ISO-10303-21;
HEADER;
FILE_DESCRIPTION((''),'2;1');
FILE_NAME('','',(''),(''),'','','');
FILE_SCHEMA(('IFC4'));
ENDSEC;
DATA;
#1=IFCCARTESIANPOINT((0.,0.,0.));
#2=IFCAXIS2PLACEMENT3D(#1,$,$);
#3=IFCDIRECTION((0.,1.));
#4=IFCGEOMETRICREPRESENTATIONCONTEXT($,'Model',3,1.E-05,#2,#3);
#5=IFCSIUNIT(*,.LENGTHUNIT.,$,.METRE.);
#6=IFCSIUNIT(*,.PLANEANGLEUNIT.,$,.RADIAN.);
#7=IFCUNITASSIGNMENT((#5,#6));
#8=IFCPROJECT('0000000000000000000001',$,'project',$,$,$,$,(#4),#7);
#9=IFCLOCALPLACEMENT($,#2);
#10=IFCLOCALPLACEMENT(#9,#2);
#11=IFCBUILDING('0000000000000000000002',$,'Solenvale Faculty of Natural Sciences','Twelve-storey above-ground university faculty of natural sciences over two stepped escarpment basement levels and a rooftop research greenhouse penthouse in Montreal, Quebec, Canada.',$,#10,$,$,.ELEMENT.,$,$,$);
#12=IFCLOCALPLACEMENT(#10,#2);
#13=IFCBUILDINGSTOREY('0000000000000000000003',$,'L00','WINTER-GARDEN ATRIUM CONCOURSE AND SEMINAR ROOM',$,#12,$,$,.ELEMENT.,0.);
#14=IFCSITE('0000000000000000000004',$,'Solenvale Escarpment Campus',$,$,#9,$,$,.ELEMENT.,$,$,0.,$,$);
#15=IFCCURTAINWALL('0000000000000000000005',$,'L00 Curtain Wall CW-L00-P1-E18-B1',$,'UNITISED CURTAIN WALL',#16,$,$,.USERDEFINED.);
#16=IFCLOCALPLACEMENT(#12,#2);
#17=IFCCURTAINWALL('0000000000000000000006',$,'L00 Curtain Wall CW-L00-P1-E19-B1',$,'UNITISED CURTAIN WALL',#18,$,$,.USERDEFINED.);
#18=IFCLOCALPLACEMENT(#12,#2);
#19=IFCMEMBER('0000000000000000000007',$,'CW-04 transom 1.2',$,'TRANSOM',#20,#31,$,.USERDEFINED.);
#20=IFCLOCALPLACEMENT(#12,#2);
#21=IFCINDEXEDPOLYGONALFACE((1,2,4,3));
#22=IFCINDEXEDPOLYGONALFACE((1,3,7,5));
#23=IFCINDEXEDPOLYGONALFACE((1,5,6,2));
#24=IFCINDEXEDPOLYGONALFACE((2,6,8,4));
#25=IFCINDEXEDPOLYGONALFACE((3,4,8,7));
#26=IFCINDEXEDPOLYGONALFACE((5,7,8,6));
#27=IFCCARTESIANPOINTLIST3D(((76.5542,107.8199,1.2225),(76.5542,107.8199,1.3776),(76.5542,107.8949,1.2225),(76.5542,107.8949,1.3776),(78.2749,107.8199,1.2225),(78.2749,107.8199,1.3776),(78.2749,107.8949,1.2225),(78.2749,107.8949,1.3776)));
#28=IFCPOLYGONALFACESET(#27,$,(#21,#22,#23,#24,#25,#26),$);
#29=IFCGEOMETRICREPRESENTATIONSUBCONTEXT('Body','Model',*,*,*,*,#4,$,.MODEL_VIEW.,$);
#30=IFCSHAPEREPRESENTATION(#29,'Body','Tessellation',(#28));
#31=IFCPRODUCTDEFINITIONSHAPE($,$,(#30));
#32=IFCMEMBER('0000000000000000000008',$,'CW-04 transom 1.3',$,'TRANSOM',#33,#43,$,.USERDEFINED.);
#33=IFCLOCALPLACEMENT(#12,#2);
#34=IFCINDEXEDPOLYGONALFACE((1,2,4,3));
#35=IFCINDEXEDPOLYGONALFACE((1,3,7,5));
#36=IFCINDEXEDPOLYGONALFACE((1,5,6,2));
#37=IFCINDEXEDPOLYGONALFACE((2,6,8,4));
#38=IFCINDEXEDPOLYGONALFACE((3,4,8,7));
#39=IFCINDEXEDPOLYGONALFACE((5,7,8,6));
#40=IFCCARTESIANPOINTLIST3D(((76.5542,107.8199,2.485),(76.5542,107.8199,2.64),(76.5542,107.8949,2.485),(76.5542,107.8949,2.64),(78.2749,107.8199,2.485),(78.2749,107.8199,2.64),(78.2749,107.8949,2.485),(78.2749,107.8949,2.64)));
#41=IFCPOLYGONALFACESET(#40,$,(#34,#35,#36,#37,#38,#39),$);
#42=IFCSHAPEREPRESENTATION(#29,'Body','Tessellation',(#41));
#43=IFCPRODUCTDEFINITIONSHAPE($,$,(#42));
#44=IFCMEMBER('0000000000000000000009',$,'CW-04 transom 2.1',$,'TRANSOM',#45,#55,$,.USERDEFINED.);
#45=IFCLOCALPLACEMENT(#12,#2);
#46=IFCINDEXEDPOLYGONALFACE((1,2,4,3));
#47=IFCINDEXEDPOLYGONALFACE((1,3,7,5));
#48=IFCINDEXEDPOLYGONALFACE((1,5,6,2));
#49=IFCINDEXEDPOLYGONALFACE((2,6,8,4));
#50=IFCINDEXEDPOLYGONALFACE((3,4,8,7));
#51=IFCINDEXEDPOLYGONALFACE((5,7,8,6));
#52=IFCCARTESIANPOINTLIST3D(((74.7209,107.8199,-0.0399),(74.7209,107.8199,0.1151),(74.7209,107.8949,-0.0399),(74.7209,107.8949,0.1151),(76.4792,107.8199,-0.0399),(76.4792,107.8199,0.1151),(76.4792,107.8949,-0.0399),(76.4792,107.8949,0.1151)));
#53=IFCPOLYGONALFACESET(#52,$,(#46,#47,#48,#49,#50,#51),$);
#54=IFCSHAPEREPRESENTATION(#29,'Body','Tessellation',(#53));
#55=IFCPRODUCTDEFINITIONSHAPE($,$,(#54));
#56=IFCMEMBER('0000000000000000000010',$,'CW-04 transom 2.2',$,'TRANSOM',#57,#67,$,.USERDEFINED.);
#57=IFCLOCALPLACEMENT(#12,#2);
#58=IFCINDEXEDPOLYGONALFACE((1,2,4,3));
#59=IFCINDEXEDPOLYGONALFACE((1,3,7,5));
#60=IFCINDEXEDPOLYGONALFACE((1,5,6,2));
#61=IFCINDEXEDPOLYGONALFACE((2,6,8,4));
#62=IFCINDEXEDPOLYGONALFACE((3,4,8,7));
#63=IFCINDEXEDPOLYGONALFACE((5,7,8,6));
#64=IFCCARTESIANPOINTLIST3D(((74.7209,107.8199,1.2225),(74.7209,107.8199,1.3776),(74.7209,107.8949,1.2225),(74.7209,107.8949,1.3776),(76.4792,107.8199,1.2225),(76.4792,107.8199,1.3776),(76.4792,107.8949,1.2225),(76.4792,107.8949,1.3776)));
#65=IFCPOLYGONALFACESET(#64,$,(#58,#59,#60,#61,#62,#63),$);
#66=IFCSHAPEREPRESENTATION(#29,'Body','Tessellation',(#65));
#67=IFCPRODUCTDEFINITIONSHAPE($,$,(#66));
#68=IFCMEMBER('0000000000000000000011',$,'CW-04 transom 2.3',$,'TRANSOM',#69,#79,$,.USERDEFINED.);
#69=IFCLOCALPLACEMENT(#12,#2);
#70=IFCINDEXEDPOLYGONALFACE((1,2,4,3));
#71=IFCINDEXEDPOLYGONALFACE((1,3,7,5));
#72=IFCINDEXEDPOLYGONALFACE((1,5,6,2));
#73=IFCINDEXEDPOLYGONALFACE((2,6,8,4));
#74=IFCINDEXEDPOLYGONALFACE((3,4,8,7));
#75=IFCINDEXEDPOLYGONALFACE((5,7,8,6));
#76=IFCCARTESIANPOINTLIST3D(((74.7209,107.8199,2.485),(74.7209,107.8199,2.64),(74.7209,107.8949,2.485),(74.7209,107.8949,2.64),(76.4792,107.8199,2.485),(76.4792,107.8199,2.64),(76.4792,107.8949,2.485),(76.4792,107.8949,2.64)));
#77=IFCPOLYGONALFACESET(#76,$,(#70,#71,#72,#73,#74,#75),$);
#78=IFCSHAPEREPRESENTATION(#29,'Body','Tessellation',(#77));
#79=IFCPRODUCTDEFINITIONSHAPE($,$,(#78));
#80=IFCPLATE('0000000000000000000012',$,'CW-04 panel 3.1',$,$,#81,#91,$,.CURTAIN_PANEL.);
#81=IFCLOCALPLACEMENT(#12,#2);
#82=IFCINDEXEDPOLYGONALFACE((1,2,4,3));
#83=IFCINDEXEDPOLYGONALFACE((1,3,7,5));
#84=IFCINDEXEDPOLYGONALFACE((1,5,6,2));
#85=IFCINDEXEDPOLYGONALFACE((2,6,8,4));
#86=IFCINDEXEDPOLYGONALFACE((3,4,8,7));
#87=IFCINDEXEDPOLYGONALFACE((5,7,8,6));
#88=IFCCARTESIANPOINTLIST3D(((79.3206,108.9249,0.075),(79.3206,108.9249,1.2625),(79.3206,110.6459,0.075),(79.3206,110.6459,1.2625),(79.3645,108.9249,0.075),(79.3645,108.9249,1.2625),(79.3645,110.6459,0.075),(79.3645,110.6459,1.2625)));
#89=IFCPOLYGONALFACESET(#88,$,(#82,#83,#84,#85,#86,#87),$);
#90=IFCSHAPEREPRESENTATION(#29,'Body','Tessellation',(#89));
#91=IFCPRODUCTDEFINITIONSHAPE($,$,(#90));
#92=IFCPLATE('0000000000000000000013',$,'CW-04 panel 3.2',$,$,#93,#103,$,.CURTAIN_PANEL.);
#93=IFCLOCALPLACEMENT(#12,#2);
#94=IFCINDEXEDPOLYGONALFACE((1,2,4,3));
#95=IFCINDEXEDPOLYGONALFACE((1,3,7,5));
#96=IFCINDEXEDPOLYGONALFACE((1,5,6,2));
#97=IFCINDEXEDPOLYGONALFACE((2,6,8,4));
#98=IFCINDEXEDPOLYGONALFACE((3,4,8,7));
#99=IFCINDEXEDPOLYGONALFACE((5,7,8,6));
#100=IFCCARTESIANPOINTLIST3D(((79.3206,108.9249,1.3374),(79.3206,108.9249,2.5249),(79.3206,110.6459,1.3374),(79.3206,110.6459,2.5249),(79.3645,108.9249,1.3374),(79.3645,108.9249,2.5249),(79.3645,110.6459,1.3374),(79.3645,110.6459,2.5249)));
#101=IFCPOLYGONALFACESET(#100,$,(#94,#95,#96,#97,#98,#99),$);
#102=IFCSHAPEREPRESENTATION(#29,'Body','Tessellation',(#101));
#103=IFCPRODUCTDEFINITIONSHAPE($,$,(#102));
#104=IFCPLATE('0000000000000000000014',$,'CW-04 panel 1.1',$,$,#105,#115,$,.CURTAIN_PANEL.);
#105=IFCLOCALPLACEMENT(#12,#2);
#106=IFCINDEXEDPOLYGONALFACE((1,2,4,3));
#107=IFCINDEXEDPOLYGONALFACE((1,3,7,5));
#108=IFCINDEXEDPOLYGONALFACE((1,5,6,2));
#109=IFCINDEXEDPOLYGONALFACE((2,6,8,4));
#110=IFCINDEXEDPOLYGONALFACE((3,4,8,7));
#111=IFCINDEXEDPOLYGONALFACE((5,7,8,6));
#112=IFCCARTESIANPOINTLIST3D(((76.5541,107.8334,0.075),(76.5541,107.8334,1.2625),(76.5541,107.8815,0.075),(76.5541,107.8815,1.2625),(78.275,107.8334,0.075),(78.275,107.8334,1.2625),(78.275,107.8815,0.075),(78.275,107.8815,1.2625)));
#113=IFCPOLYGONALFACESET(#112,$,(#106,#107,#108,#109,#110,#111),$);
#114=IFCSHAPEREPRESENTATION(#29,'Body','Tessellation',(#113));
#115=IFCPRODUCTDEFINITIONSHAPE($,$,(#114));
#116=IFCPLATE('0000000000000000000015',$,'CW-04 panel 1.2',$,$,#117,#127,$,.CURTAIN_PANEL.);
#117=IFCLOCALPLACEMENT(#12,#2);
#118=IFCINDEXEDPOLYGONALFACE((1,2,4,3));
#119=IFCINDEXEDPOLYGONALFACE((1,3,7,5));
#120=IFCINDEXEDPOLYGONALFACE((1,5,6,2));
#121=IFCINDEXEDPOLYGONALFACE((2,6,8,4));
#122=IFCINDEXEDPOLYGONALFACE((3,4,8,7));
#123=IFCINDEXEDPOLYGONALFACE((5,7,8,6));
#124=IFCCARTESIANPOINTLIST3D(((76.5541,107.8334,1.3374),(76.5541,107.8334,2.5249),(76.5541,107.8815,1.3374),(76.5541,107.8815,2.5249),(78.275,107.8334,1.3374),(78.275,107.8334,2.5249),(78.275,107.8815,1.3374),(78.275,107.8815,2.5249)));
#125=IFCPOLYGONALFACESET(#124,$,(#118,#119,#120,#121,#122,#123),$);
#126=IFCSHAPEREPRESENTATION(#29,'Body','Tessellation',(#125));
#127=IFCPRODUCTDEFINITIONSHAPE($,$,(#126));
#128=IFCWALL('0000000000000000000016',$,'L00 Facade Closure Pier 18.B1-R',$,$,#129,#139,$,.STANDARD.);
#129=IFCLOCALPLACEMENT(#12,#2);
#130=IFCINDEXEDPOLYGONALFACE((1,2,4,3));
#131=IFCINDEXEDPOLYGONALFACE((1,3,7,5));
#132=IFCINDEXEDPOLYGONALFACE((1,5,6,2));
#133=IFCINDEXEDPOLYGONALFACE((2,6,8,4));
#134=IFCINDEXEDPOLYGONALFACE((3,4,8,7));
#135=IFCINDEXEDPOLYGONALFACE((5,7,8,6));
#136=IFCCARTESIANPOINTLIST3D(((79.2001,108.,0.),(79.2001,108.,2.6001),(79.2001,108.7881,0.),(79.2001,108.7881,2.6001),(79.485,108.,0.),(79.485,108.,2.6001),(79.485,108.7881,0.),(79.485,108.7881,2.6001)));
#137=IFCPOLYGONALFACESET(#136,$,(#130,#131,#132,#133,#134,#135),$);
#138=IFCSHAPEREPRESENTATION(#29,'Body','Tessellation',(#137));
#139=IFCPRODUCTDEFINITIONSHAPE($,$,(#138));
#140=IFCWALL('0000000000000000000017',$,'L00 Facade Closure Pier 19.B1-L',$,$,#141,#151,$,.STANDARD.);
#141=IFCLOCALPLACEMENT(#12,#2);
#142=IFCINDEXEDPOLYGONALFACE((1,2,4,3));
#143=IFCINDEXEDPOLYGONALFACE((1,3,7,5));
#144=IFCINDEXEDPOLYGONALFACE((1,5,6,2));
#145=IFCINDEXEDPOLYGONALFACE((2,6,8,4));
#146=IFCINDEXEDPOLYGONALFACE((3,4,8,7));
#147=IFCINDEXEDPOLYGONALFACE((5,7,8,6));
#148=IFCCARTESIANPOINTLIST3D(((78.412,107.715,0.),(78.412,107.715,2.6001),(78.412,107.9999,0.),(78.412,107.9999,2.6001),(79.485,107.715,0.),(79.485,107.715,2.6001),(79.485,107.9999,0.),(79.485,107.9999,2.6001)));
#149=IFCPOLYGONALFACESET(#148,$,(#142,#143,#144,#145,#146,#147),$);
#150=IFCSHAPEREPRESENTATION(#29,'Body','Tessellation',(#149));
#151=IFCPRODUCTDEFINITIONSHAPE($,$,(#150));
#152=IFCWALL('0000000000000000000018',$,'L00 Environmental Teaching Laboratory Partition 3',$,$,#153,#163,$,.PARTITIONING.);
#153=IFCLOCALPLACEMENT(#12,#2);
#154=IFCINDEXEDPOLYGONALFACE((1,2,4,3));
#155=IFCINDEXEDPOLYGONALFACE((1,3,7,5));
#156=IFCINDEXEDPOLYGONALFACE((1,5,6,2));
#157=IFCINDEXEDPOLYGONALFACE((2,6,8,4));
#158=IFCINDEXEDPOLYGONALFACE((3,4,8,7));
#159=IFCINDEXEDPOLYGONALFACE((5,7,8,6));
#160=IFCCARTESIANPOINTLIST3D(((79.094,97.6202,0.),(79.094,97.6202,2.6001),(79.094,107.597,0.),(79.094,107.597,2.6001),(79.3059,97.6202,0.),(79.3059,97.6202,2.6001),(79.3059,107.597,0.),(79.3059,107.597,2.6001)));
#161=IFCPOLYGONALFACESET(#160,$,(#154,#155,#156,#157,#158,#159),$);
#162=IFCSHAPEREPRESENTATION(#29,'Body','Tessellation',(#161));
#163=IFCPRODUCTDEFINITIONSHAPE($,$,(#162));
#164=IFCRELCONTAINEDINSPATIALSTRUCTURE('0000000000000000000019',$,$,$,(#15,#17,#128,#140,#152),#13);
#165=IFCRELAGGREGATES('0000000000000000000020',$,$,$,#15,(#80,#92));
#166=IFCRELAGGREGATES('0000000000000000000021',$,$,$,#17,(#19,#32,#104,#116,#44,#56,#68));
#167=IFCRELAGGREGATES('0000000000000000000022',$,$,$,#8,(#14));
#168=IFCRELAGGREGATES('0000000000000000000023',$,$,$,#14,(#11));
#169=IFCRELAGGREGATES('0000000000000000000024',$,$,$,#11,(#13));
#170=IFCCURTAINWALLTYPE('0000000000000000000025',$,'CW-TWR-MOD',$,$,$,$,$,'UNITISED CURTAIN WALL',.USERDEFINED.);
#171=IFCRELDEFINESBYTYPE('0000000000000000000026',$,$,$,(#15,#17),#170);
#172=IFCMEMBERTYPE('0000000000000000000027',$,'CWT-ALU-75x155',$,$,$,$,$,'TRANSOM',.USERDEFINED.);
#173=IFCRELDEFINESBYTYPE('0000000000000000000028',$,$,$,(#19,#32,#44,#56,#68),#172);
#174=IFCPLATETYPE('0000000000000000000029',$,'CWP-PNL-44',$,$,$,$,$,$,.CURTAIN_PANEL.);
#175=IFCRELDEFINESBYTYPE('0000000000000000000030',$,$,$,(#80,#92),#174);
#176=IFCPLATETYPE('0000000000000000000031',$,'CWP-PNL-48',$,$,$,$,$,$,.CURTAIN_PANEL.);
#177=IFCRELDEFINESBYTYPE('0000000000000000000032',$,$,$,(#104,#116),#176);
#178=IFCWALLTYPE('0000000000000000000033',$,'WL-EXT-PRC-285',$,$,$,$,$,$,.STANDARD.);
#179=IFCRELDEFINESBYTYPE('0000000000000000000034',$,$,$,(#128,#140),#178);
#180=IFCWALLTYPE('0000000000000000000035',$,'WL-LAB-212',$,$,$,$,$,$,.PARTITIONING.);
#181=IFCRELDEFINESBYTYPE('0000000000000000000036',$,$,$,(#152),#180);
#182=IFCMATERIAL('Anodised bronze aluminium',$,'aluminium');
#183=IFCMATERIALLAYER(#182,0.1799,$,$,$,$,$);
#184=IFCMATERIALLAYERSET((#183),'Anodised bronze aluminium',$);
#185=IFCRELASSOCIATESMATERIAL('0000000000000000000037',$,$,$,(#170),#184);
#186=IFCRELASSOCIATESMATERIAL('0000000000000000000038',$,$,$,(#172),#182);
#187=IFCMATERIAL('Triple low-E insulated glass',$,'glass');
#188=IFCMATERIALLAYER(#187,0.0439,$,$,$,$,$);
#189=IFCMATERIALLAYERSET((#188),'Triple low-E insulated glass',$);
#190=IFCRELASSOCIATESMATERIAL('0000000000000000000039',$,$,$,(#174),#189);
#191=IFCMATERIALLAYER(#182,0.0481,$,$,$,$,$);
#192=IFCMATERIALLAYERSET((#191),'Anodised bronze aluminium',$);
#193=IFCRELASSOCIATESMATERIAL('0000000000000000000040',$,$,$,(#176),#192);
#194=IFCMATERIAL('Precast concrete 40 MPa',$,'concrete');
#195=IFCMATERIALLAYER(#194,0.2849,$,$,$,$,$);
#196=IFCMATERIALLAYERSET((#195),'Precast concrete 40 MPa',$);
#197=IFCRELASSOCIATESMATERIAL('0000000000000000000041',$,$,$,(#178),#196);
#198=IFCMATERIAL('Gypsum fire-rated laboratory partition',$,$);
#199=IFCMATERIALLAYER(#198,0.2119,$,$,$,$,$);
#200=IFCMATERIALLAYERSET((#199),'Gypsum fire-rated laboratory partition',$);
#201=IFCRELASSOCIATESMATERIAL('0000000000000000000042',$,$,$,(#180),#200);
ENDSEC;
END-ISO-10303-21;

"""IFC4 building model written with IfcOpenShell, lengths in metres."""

from ifc_helpers import new_model, si_unit, direction, frame, frame_2d, origin, origin_2d, place, context, subcontext, project, spatial, rectangle, extrude, material, layer, layer_set, material_profile, profile_set, type_object, element, aggregate, save


model = new_model("IFC4")

# Units and contexts
model_context = context("Model", 3, precision=1e-05, world=origin(), true_north=direction((0.0, 1.0)))
body_context = subcontext(model_context, "Body", "Model", "MODEL_VIEW")
ifc_project = project(units=[si_unit("LENGTHUNIT", "METRE"), si_unit("PLANEANGLEUNIT", "RADIAN")], contexts=[model_context])

# Site, building, storey
site_placement = place(None, origin())
site = spatial("IfcSite", under=ifc_project, at=site_placement, Name="Solenvale Escarpment Campus", CompositionType="ELEMENT", RefElevation=0.0)
building_placement = place(site_placement, origin())
building = spatial("IfcBuilding", under=site, at=building_placement, Name="Solenvale Faculty of Natural Sciences", Description="Twelve-storey above-ground university faculty of natural sciences over two stepped escarpment basement levels and a rooftop research greenhouse penthouse in Montreal, Quebec, Canada.", CompositionType="ELEMENT")
storey_placement = place(building_placement, origin())
storey = spatial("IfcBuildingStorey", under=building, at=storey_placement, Name="L00", Description="WINTER-GARDEN ATRIUM CONCOURSE AND SEMINAR ROOM", CompositionType="ELEMENT", Elevation=0.0)

# Curtain wall
ifc_material_1 = material(Name="Anodised bronze aluminium", Category="aluminium")
ifc_layer_1 = layer(ifc_material_1, 0.1799)
ifc_layer_set_1 = layer_set([ifc_layer_1], Name="Anodised bronze aluminium")
curtain_wall_type = type_object("IfcCurtainWallType", Name="CW-TWR-MOD", ElementType="UNITISED CURTAIN WALL", PredefinedType="USERDEFINED", material=ifc_layer_set_1)
curtain_wall_1_placement = place(storey_placement, origin())
curtain_wall_1 = element("IfcCurtainWall", 1, at=curtain_wall_1_placement, inside=storey, type_object=curtain_wall_type, Name="L00 Curtain Wall CW-L00-P1-E18-B1", ObjectType="UNITISED CURTAIN WALL", PredefinedType="USERDEFINED")

# Curtain wall, members
curtain_wall_2_placement = place(storey_placement, origin())
curtain_wall_2 = element("IfcCurtainWall", 2, at=curtain_wall_2_placement, inside=storey, type_object=curtain_wall_type, Name="L00 Curtain Wall CW-L00-P1-E19-B1", ObjectType="UNITISED CURTAIN WALL", PredefinedType="USERDEFINED")
ifc_material_profile_1 = material_profile(ifc_material_1, rectangle(XDim=0.075, YDim=0.155, at=origin_2d()), Name="ALU-TRN-75x155")
ifc_profile_set_1 = profile_set([ifc_material_profile_1], Name="Anodised bronze aluminium")
member_type_1 = type_object("IfcMemberType", Name="CWT-ALU-75x155", ElementType="TRANSOM", PredefinedType="USERDEFINED", material=ifc_profile_set_1)
member_1_placement = place(storey_placement, frame((78.2749, 107.8574, 1.3), z_axis=(-1.0, 0.0, 0.0), x_axis=(0.0, -1.0, 0.0)))
member_1 = element("IfcMember", 3, at=member_1_placement, type_object=member_type_1, Name="CW-04 transom 1.2", ObjectType="TRANSOM", PredefinedType="USERDEFINED", context=body_context, shape_type="SweptSolid", body=[
    extrude(rectangle(XDim=0.075, YDim=0.155, at=origin_2d()), origin(), (0.0, 0.0, 1.0), 1.7207),
])
member_2_placement = place(storey_placement, frame((78.2749, 107.8574, 2.5625), z_axis=(-1.0, 0.0, 0.0), x_axis=(0.0, -1.0, 0.0)))
member_2 = element("IfcMember", 4, at=member_2_placement, type_object=member_type_1, Name="CW-04 transom 1.3", ObjectType="TRANSOM", PredefinedType="USERDEFINED", context=body_context, shape_type="SweptSolid", body=[
    extrude(rectangle(XDim=0.075, YDim=0.155, at=origin_2d()), origin(), (0.0, 0.0, 1.0), 1.7207),
])
member_3_placement = place(storey_placement, frame((76.4792, 107.8574, 0.0376), z_axis=(-1.0, 0.0, 0.0), x_axis=(0.0, -1.0, 0.0)))
member_3 = element("IfcMember", 5, at=member_3_placement, type_object=member_type_1, Name="CW-04 transom 2.1", ObjectType="TRANSOM", PredefinedType="USERDEFINED", context=body_context, shape_type="SweptSolid", body=[
    extrude(rectangle(XDim=0.075, YDim=0.155, at=origin_2d()), origin(), (0.0, 0.0, 1.0), 1.7583),
])
member_4_placement = place(storey_placement, frame((76.4792, 107.8574, 1.3), z_axis=(-1.0, 0.0, 0.0), x_axis=(0.0, -1.0, 0.0)))
member_4 = element("IfcMember", 6, at=member_4_placement, type_object=member_type_1, Name="CW-04 transom 2.2", ObjectType="TRANSOM", PredefinedType="USERDEFINED", context=body_context, shape_type="SweptSolid", body=[
    extrude(rectangle(XDim=0.075, YDim=0.155, at=origin_2d()), origin(), (0.0, 0.0, 1.0), 1.7583),
])
member_5_placement = place(storey_placement, frame((76.4792, 107.8574, 2.5625), z_axis=(-1.0, 0.0, 0.0), x_axis=(0.0, -1.0, 0.0)))
member_5 = element("IfcMember", 7, at=member_5_placement, type_object=member_type_1, Name="CW-04 transom 2.3", ObjectType="TRANSOM", PredefinedType="USERDEFINED", context=body_context, shape_type="SweptSolid", body=[
    extrude(rectangle(XDim=0.075, YDim=0.155, at=origin_2d()), origin(), (0.0, 0.0, 1.0), 1.7583),
])

# Plates
ifc_material_2 = material(Name="Triple low-E insulated glass", Category="glass")
ifc_layer_2 = layer(ifc_material_2, 0.0439)
ifc_layer_set_2 = layer_set([ifc_layer_2], Name="Triple low-E insulated glass")
plate_type_1 = type_object("IfcPlateType", Name="CWP-PNL-44", PredefinedType="CURTAIN_PANEL", material=ifc_layer_set_2)
plate_1_placement = place(storey_placement, frame((79.3425, 109.7854, 0.075), z_axis=(0.0, 0.0, 1.0), x_axis=(0.0, -1.0, 0.0)))
plate_1 = element("IfcPlate", 8, at=plate_1_placement, type_object=plate_type_1, Name="CW-04 panel 3.1", PredefinedType="CURTAIN_PANEL", context=body_context, shape_type="SweptSolid", body=[
    extrude(rectangle(XDim=1.7209, YDim=0.0439, at=origin_2d()), origin(), (0.0, 0.0, 1.0), 1.1875),
])
plate_2_placement = place(storey_placement, frame((79.3425, 109.7854, 1.3374), z_axis=(0.0, 0.0, 1.0), x_axis=(0.0, -1.0, 0.0)))
plate_2 = element("IfcPlate", 9, at=plate_2_placement, type_object=plate_type_1, Name="CW-04 panel 3.2", PredefinedType="CURTAIN_PANEL", context=body_context, shape_type="SweptSolid", body=[
    extrude(rectangle(XDim=1.7209, YDim=0.0439, at=origin_2d()), origin(), (0.0, 0.0, 1.0), 1.1875),
])
aggregate(curtain_wall_1, [plate_1, plate_2])
ifc_layer_3 = layer(ifc_material_1, 0.0481)
ifc_layer_set_3 = layer_set([ifc_layer_3], Name="Anodised bronze aluminium")
plate_type_2 = type_object("IfcPlateType", Name="CWP-PNL-48", PredefinedType="CURTAIN_PANEL", material=ifc_layer_set_3)
plate_3_placement = place(storey_placement, frame((77.4146, 107.8574, 0.075), z_axis=(0.0, 0.0, 1.0), x_axis=(-1.0, 0.0, 0.0)))
plate_3 = element("IfcPlate", 10, at=plate_3_placement, type_object=plate_type_2, Name="CW-04 panel 1.1", PredefinedType="CURTAIN_PANEL", context=body_context, shape_type="SweptSolid", body=[
    extrude(rectangle(XDim=1.7209, YDim=0.0481, at=origin_2d()), origin(), (0.0, 0.0, 1.0), 1.1875),
])
plate_4_placement = place(storey_placement, frame((77.4146, 107.8574, 1.3374), z_axis=(0.0, 0.0, 1.0), x_axis=(-1.0, 0.0, 0.0)))
plate_4 = element("IfcPlate", 11, at=plate_4_placement, type_object=plate_type_2, Name="CW-04 panel 1.2", PredefinedType="CURTAIN_PANEL", context=body_context, shape_type="SweptSolid", body=[
    extrude(rectangle(XDim=1.7209, YDim=0.0481, at=origin_2d()), origin(), (0.0, 0.0, 1.0), 1.1875),
])
aggregate(curtain_wall_2, [member_1, member_2, plate_3, plate_4, member_3, member_4, member_5])

# Walls
ifc_material_3 = material(Name="Precast concrete 40 MPa", Category="concrete")
ifc_layer_4 = layer(ifc_material_3, 0.2849)
ifc_layer_set_4 = layer_set([ifc_layer_4], Name="Precast concrete 40 MPa")
wall_type_1 = type_object("IfcWallType", Name="WL-EXT-PRC-285", PredefinedType="STANDARD", material=ifc_layer_set_4)
wall_1_placement = place(storey_placement, frame((79.3425, 108.7881, 0.0), z_axis=(0.0, 0.0, 1.0), x_axis=(0.0, -1.0, 0.0)))
element("IfcWall", 12, at=wall_1_placement, inside=storey, type_object=wall_type_1, Name="L00 Facade Closure Pier 18.B1-R", PredefinedType="STANDARD", context=body_context, shape_type="SweptSolid", body=[
    extrude(rectangle(XDim=0.7881, YDim=0.2849, at=frame_2d((0.394, 0.0))), origin(), (0.0, 0.0, 1.0), 2.6001),
])
wall_2_placement = place(storey_placement, frame((79.4851, 107.8574, 0.0), z_axis=(0.0, 0.0, 1.0), x_axis=(-1.0, 0.0, 0.0)))
element("IfcWall", 13, at=wall_2_placement, inside=storey, type_object=wall_type_1, Name="L00 Facade Closure Pier 19.B1-L", PredefinedType="STANDARD", context=body_context, shape_type="SweptSolid", body=[
    extrude(rectangle(XDim=1.073, YDim=0.2849, at=frame_2d((0.5366, 0.0))), origin(), (0.0, 0.0, 1.0), 2.6001),
])
ifc_material_4 = material(Name="Gypsum fire-rated laboratory partition")
ifc_layer_5 = layer(ifc_material_4, 0.2119)
ifc_layer_set_5 = layer_set([ifc_layer_5], Name="Gypsum fire-rated laboratory partition")
wall_type_2 = type_object("IfcWallType", Name="WL-LAB-212", PredefinedType="PARTITIONING", material=ifc_layer_set_5)
wall_3_placement = place(storey_placement, frame((79.2, 107.5969, 0.0), z_axis=(0.0, 0.0, 1.0), x_axis=(0.0, -1.0, 0.0)))
element("IfcWall", 14, at=wall_3_placement, inside=storey, type_object=wall_type_2, Name="L00 Environmental Teaching Laboratory Partition 3", PredefinedType="PARTITIONING", context=body_context, shape_type="SweptSolid", body=[
    extrude(rectangle(XDim=9.9768, YDim=0.2119, at=frame_2d((4.9883, 0.0))), origin(), (0.0, 0.0, 1.0), 2.6001),
])

save(model, "model.ifc")
